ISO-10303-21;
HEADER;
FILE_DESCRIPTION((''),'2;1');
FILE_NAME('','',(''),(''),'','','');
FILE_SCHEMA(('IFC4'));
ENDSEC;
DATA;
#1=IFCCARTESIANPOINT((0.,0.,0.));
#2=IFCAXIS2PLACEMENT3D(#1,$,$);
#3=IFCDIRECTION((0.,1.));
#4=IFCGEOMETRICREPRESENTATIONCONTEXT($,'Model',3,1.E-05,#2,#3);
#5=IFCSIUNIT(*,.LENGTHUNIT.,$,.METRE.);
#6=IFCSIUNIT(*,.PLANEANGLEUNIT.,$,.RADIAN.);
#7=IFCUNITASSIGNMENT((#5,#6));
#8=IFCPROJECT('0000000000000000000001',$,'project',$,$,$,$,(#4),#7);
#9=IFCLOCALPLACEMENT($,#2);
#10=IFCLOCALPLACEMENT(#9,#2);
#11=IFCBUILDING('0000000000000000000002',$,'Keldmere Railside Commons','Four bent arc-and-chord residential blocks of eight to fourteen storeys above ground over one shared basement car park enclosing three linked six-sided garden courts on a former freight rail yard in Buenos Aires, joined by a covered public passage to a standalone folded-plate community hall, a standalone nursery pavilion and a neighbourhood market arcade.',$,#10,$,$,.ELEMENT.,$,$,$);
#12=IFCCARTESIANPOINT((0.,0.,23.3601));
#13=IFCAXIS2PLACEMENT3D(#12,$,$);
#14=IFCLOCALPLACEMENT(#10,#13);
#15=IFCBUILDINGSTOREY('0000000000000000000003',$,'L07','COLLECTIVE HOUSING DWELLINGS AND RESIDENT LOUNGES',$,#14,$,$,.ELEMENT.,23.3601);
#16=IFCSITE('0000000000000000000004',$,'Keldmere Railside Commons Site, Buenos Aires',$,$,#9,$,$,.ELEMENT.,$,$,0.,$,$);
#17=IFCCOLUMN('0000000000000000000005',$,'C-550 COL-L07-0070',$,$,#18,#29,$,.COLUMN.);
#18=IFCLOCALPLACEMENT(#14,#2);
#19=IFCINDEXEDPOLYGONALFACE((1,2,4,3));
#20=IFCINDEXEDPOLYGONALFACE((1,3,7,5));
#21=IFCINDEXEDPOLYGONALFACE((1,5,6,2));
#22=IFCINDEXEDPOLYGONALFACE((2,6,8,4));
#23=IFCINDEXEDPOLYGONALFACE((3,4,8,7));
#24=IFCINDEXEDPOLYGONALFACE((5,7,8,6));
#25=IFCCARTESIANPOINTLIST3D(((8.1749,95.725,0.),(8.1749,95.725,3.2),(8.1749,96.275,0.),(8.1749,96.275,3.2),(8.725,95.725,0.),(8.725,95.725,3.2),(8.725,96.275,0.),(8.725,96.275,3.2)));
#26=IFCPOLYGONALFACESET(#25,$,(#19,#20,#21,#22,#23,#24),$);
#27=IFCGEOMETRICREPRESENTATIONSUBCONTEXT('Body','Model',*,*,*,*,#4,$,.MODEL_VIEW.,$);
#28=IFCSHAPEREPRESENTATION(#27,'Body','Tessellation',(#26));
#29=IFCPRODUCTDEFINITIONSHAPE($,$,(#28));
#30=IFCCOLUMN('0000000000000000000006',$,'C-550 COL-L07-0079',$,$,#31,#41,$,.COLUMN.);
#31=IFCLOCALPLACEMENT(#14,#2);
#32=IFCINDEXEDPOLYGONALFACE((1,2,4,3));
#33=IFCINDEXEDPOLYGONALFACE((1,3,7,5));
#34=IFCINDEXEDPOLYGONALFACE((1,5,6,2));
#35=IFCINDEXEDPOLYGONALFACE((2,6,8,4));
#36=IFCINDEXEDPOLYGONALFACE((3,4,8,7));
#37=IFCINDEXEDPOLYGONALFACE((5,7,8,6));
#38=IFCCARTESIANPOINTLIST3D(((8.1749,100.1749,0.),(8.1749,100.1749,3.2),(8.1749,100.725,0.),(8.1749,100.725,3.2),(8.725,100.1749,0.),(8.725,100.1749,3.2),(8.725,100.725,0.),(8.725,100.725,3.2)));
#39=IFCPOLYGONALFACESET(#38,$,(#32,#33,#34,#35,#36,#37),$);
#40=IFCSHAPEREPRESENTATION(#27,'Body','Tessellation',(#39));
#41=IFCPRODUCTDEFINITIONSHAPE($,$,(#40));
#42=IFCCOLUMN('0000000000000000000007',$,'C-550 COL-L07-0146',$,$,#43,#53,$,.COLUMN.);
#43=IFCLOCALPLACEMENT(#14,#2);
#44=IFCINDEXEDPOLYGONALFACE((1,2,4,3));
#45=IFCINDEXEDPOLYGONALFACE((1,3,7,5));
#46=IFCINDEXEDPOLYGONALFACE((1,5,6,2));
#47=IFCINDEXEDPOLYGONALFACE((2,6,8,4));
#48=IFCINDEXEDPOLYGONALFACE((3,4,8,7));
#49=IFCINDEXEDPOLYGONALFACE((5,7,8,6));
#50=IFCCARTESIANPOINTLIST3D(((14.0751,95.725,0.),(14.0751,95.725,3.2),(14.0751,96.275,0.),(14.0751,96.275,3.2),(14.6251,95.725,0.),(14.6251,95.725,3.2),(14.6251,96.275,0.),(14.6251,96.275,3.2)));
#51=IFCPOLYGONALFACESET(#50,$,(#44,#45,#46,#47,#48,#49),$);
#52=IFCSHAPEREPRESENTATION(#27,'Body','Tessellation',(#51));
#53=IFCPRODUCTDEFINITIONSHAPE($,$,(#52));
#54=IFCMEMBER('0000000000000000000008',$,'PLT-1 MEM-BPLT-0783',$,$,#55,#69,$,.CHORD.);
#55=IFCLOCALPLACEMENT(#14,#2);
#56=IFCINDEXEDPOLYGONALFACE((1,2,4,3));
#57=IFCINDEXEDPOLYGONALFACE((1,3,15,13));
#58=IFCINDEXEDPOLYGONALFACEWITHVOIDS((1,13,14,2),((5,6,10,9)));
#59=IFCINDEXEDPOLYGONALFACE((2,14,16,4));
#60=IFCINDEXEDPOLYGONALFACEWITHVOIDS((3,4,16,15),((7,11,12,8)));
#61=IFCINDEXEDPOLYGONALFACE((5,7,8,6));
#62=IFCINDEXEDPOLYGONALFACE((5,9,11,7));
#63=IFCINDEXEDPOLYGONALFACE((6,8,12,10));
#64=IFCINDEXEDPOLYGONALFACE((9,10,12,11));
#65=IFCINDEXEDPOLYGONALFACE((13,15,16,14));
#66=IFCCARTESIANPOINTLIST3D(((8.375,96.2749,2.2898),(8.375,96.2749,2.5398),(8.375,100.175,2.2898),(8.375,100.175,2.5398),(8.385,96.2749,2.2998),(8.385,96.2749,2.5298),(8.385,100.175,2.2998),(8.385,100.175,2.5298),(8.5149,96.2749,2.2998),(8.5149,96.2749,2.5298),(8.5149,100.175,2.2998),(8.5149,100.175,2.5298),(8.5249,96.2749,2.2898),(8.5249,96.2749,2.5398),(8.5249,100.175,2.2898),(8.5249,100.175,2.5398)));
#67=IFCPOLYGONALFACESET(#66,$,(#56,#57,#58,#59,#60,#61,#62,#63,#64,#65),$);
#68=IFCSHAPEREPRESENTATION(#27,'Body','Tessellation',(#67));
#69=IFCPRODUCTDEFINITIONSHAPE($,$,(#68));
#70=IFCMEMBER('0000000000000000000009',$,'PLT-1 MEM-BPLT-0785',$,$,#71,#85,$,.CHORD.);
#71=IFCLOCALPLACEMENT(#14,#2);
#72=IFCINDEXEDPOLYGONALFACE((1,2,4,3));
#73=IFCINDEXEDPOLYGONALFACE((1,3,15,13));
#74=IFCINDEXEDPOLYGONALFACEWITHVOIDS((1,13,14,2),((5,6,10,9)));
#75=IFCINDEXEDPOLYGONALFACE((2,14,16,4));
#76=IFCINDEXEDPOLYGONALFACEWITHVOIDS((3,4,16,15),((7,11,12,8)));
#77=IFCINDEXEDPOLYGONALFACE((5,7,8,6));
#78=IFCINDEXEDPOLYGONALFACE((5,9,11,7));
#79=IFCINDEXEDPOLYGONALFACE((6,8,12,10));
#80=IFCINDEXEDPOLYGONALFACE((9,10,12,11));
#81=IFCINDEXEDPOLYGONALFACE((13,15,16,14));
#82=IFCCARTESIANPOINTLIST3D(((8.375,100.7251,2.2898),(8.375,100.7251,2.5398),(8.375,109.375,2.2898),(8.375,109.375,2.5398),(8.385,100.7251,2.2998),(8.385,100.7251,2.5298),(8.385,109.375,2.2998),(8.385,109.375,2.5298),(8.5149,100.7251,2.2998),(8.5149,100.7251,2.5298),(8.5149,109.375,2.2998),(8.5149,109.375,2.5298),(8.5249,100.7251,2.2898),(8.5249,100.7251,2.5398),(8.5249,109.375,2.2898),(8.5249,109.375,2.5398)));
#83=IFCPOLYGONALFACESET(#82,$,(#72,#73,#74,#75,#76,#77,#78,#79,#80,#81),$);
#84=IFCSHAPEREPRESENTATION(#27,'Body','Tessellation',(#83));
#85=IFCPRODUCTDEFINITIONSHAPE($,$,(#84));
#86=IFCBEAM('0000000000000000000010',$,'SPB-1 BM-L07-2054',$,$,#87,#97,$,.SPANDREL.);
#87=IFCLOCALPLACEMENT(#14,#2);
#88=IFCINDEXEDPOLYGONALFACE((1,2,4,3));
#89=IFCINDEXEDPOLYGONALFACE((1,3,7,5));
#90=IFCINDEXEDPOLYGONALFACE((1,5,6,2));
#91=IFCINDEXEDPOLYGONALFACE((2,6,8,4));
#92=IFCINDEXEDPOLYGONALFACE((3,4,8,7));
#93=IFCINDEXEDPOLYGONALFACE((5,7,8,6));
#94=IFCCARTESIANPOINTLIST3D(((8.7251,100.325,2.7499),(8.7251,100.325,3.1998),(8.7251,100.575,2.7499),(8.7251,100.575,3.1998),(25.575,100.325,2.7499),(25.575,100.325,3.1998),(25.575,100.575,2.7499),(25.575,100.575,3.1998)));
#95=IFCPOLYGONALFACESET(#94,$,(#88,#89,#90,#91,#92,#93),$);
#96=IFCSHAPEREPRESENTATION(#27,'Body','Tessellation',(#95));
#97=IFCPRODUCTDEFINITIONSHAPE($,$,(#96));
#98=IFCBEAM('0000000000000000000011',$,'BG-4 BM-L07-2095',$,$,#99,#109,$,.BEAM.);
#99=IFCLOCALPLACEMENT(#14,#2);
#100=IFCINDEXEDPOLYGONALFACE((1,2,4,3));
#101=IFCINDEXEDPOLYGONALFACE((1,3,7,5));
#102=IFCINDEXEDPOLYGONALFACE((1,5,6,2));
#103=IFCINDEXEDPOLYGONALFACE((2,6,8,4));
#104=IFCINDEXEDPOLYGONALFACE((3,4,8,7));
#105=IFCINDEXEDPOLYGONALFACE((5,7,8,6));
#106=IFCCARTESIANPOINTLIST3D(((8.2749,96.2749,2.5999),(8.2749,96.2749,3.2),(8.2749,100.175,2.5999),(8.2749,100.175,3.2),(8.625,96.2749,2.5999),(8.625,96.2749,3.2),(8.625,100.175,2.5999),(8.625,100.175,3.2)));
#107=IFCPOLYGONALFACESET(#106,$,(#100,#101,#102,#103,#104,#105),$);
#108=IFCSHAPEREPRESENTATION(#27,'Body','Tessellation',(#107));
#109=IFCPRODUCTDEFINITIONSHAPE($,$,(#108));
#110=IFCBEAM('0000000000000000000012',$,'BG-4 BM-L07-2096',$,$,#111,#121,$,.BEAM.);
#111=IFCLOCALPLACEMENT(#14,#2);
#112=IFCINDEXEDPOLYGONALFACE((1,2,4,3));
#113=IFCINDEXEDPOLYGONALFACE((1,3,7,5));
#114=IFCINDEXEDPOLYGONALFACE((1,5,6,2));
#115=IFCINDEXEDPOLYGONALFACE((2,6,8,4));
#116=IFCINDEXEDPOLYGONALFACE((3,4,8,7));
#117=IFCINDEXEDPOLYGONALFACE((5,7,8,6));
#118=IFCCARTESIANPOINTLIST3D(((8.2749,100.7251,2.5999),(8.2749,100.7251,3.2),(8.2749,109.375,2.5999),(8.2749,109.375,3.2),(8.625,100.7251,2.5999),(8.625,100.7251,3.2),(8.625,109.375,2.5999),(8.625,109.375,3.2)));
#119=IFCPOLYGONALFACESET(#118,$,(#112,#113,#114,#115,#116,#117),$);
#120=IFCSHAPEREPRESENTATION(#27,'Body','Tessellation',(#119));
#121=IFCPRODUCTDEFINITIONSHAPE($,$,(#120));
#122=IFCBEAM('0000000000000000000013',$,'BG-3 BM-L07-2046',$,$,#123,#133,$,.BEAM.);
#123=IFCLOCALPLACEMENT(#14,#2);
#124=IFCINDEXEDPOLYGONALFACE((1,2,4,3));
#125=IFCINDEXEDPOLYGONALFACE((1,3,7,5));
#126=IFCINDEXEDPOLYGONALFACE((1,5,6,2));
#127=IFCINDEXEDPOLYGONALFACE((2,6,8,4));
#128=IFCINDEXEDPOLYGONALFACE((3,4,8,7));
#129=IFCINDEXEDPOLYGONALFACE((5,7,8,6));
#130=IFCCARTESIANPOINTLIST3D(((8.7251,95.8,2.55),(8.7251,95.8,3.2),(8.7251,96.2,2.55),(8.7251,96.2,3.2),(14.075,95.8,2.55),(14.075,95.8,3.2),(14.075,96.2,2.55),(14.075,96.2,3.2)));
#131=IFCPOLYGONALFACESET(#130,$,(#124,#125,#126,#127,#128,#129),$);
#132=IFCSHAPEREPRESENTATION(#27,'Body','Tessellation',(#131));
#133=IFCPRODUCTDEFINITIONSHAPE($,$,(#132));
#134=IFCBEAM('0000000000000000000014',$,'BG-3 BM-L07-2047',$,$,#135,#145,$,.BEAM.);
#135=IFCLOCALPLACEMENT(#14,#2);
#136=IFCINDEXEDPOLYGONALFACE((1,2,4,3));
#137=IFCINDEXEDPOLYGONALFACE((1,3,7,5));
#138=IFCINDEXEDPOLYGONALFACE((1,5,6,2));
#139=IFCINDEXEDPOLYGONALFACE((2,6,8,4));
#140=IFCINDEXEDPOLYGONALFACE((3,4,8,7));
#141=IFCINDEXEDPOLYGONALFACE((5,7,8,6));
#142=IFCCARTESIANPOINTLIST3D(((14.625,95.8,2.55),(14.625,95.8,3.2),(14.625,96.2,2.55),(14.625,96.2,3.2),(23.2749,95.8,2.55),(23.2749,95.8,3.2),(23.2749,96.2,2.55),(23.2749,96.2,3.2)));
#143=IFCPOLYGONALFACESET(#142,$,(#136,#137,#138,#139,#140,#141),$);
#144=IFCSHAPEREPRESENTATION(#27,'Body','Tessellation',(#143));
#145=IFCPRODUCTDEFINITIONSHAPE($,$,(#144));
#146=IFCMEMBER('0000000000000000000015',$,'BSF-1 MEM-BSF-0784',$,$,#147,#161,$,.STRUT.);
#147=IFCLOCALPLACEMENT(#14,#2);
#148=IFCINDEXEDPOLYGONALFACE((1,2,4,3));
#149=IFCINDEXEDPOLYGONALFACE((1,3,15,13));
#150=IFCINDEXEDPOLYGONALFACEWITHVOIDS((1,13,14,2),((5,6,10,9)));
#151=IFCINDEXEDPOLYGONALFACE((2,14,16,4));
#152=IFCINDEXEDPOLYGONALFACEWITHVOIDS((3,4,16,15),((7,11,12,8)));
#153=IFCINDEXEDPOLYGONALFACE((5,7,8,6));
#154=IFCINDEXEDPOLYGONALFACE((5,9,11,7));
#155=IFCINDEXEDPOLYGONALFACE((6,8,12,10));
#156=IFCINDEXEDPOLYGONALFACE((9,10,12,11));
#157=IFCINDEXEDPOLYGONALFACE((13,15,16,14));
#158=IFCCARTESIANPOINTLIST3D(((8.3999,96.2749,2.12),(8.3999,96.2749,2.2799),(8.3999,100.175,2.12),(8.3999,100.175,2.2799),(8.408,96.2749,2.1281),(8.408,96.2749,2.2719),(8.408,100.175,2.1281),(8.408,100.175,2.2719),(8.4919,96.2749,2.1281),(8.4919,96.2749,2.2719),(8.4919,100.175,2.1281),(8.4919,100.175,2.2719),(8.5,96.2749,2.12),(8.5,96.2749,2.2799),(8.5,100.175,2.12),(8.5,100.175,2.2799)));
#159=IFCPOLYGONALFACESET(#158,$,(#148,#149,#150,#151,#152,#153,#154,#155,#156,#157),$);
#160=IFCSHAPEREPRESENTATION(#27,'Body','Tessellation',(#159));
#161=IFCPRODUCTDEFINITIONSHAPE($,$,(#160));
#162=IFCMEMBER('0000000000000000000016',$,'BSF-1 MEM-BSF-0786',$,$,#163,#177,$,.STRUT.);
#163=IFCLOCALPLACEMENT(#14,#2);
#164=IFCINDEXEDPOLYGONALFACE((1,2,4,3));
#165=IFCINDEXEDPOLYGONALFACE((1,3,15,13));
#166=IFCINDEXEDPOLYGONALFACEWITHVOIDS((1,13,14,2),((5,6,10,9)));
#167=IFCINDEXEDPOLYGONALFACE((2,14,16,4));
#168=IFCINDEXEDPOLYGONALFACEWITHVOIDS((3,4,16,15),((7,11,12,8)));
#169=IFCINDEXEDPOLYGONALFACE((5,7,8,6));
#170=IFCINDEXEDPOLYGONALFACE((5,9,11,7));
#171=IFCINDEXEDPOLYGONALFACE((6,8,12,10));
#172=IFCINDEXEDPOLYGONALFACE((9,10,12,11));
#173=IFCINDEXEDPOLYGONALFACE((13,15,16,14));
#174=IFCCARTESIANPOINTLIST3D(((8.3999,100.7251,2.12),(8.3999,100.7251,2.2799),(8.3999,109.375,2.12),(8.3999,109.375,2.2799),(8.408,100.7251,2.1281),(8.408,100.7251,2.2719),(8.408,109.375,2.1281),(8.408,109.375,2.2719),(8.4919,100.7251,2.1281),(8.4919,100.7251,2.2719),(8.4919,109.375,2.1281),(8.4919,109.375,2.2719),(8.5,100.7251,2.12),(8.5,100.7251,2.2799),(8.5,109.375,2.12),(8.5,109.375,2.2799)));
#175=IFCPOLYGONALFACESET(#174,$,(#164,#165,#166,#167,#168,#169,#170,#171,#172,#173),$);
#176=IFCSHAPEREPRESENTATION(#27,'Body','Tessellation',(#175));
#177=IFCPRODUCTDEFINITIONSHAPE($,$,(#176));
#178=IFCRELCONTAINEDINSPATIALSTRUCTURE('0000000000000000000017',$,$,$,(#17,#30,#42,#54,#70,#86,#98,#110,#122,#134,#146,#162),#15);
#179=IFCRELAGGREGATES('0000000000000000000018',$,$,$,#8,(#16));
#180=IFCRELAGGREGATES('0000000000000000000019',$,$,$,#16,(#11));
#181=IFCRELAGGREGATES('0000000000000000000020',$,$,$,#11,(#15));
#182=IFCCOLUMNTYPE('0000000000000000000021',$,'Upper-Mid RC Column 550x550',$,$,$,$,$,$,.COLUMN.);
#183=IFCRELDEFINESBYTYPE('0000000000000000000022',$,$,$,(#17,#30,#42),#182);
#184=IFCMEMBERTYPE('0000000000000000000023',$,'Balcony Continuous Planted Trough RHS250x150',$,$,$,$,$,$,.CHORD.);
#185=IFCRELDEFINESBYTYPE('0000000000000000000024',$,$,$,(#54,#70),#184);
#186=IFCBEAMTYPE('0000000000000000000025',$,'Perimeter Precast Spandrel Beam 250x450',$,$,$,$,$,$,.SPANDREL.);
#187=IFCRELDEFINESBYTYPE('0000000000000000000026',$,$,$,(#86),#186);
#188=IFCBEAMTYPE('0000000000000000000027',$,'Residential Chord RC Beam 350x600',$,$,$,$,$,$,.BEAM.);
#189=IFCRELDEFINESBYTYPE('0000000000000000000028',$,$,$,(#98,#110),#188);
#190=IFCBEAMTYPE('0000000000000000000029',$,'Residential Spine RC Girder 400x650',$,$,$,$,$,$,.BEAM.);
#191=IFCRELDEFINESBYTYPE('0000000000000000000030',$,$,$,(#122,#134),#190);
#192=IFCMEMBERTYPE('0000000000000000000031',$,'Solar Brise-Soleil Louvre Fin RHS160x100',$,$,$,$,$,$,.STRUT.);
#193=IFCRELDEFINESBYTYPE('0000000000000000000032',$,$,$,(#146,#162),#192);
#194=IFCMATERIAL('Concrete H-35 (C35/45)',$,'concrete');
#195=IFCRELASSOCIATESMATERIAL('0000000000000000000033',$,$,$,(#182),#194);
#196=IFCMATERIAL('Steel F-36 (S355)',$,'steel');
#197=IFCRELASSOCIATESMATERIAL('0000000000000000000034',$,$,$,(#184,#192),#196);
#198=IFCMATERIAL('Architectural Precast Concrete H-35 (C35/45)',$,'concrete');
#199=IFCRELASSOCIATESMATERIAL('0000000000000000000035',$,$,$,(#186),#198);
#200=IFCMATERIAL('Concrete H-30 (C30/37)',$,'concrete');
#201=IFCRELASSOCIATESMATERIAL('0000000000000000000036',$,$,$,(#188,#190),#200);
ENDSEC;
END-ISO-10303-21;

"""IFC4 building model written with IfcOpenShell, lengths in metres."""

from ifc_helpers import new_model, si_unit, direction, frame, origin, origin_2d, place, context, subcontext, project, spatial, rectangle, hollow_rectangle, extrude, material, material_profile, profile_set, type_object, element, save


model = new_model("IFC4")

# Units and contexts
model_context = context("Model", 3, precision=1e-05, world=origin(), true_north=direction((0.0, 1.0)))
body_context = subcontext(model_context, "Body", "Model", "MODEL_VIEW")
ifc_project = project(units=[si_unit("LENGTHUNIT", "METRE"), si_unit("PLANEANGLEUNIT", "RADIAN")], contexts=[model_context])

# Site, building, storey
site_placement = place(None, origin())
site = spatial("IfcSite", under=ifc_project, at=site_placement, Name="Keldmere Railside Commons Site, Buenos Aires", CompositionType="ELEMENT", RefElevation=0.0)
building_placement = place(site_placement, origin())
building = spatial("IfcBuilding", under=site, at=building_placement, Name="Keldmere Railside Commons", Description="Four bent arc-and-chord residential blocks of eight to fourteen storeys above ground over one shared basement car park enclosing three linked six-sided garden courts on a former freight rail yard in Buenos Aires, joined by a covered public passage to a standalone folded-plate community hall, a standalone nursery pavilion and a neighbourhood market arcade.", CompositionType="ELEMENT")
storey_placement = place(building_placement, frame((0.0, 0.0, 23.3601)))
storey = spatial("IfcBuildingStorey", under=building, at=storey_placement, Name="L07", Description="COLLECTIVE HOUSING DWELLINGS AND RESIDENT LOUNGES", CompositionType="ELEMENT", Elevation=23.3601)

# Columns
ifc_material_1 = material(Name="Concrete H-35 (C35/45)", Category="concrete")
ifc_material_profile_1 = material_profile(ifc_material_1, rectangle(XDim=0.55, YDim=0.55, at=origin_2d()), Name="RC-550x550")
ifc_profile_set_1 = profile_set([ifc_material_profile_1], Name="Concrete H-35 (C35/45)")
column_type = type_object("IfcColumnType", Name="Upper-Mid RC Column 550x550", PredefinedType="COLUMN", material=ifc_profile_set_1)
for number, where, z_axis, x_axis, name in (
    (1, (8.45, 96.0, 0.0), (0.0, 0.0, 1.0), (1.0, 0.0, 0.0), "C-550 COL-L07-0070"),
    (2, (8.45, 100.45, 0.0), (0.0, 0.0, 1.0), (1.0, 0.0, 0.0), "C-550 COL-L07-0079"),
    (3, (14.3501, 96.0, 0.0), (0.0, 0.0, 1.0), (1.0, 0.0, 0.0), "C-550 COL-L07-0146"),
):
    element("IfcColumn", number, at=place(storey_placement, frame(where, z_axis=z_axis, x_axis=x_axis)), inside=storey, type_object=column_type, Name=name, PredefinedType="COLUMN", context=body_context, shape_type="SweptSolid", body=[
        extrude(rectangle(XDim=0.55, YDim=0.55, at=origin_2d()), origin(), (0.0, 0.0, 1.0), 3.2),
    ])

# Members
ifc_material_2 = material(Name="Steel F-36 (S355)", Category="steel")
ifc_material_profile_2 = material_profile(ifc_material_2, hollow_rectangle(XDim=0.1499, YDim=0.25, WallThickness=0.01, at=origin_2d()), Name="RHS-250x150x10")
ifc_profile_set_2 = profile_set([ifc_material_profile_2], Name="Steel F-36 (S355)")
member_type_1 = type_object("IfcMemberType", Name="Balcony Continuous Planted Trough RHS250x150", PredefinedType="CHORD", material=ifc_profile_set_2)
member_1_placement = place(storey_placement, frame((8.45, 96.2749, 2.4148), z_axis=(0.0, 1.0, 0.0), x_axis=(-1.0, 0.0, 0.0)))
element("IfcMember", 4, at=member_1_placement, inside=storey, type_object=member_type_1, Name="PLT-1 MEM-BPLT-0783", PredefinedType="CHORD", context=body_context, shape_type="SweptSolid", body=[
    extrude(hollow_rectangle(XDim=0.1499, YDim=0.25, WallThickness=0.01, at=origin_2d()), origin(), (0.0, 0.0, 1.0), 3.9001),
])
member_2_placement = place(storey_placement, frame((8.45, 100.7251, 2.4148), z_axis=(0.0, 1.0, 0.0), x_axis=(-1.0, 0.0, 0.0)))
element("IfcMember", 5, at=member_2_placement, inside=storey, type_object=member_type_1, Name="PLT-1 MEM-BPLT-0785", PredefinedType="CHORD", context=body_context, shape_type="SweptSolid", body=[
    extrude(hollow_rectangle(XDim=0.1499, YDim=0.25, WallThickness=0.01, at=origin_2d()), origin(), (0.0, 0.0, 1.0), 8.6499),
])

# Beams
ifc_material_3 = material(Name="Architectural Precast Concrete H-35 (C35/45)", Category="concrete")
ifc_material_profile_3 = material_profile(ifc_material_3, rectangle(XDim=0.25, YDim=0.45, at=origin_2d()), Name="RC-250x450")
ifc_profile_set_3 = profile_set([ifc_material_profile_3], Name="Architectural Precast Concrete H-35 (C35/45)")
beam_type_1 = type_object("IfcBeamType", Name="Perimeter Precast Spandrel Beam 250x450", PredefinedType="SPANDREL", material=ifc_profile_set_3)
beam_1_placement = place(storey_placement, frame((8.7251, 100.45, 2.9749), z_axis=(1.0, 0.0, 0.0), x_axis=(0.0, 1.0, 0.0)))
element("IfcBeam", 6, at=beam_1_placement, inside=storey, type_object=beam_type_1, Name="SPB-1 BM-L07-2054", PredefinedType="SPANDREL", context=body_context, shape_type="SweptSolid", body=[
    extrude(rectangle(XDim=0.25, YDim=0.45, at=origin_2d()), origin(), (0.0, 0.0, 1.0), 16.8499),
])
ifc_material_4 = material(Name="Concrete H-30 (C30/37)", Category="concrete")
ifc_material_profile_4 = material_profile(ifc_material_4, rectangle(XDim=0.3501, YDim=0.6001, at=origin_2d()), Name="RC-350x600")
ifc_profile_set_4 = profile_set([ifc_material_profile_4], Name="Concrete H-30 (C30/37)")
beam_type_2 = type_object("IfcBeamType", Name="Residential Chord RC Beam 350x600", PredefinedType="BEAM", material=ifc_profile_set_4)
beam_2_placement = place(storey_placement, frame((8.45, 96.2749, 2.8999), z_axis=(0.0, 1.0, 0.0), x_axis=(-1.0, 0.0, 0.0)))
element("IfcBeam", 7, at=beam_2_placement, inside=storey, type_object=beam_type_2, Name="BG-4 BM-L07-2095", PredefinedType="BEAM", context=body_context, shape_type="SweptSolid", body=[
    extrude(rectangle(XDim=0.3501, YDim=0.6001, at=origin_2d()), origin(), (0.0, 0.0, 1.0), 3.9001),
])
beam_3_placement = place(storey_placement, frame((8.45, 100.7251, 2.8999), z_axis=(0.0, 1.0, 0.0), x_axis=(-1.0, 0.0, 0.0)))
element("IfcBeam", 8, at=beam_3_placement, inside=storey, type_object=beam_type_2, Name="BG-4 BM-L07-2096", PredefinedType="BEAM", context=body_context, shape_type="SweptSolid", body=[
    extrude(rectangle(XDim=0.3501, YDim=0.6001, at=origin_2d()), origin(), (0.0, 0.0, 1.0), 8.6499),
])
ifc_material_profile_5 = material_profile(ifc_material_4, rectangle(XDim=0.3999, YDim=0.6499, at=origin_2d()), Name="RC-400x650")
ifc_profile_set_5 = profile_set([ifc_material_profile_5], Name="Concrete H-30 (C30/37)")
beam_type_3 = type_object("IfcBeamType", Name="Residential Spine RC Girder 400x650", PredefinedType="BEAM", material=ifc_profile_set_5)
beam_4_placement = place(storey_placement, frame((8.7251, 96.0, 2.875), z_axis=(1.0, 0.0, 0.0), x_axis=(0.0, 1.0, 0.0)))
element("IfcBeam", 9, at=beam_4_placement, inside=storey, type_object=beam_type_3, Name="BG-3 BM-L07-2046", PredefinedType="BEAM", context=body_context, shape_type="SweptSolid", body=[
    extrude(rectangle(XDim=0.3999, YDim=0.6499, at=origin_2d()), origin(), (0.0, 0.0, 1.0), 5.3499),
])
beam_5_placement = place(storey_placement, frame((14.625, 96.0, 2.875), z_axis=(1.0, 0.0, 0.0), x_axis=(0.0, 1.0, 0.0)))
element("IfcBeam", 10, at=beam_5_placement, inside=storey, type_object=beam_type_3, Name="BG-3 BM-L07-2047", PredefinedType="BEAM", context=body_context, shape_type="SweptSolid", body=[
    extrude(rectangle(XDim=0.3999, YDim=0.6499, at=origin_2d()), origin(), (0.0, 0.0, 1.0), 8.6499),
])

# Members
ifc_material_profile_6 = material_profile(ifc_material_2, hollow_rectangle(XDim=0.1001, YDim=0.1599, WallThickness=0.0081, at=origin_2d()), Name="RHS-160x100x8")
ifc_profile_set_6 = profile_set([ifc_material_profile_6], Name="Steel F-36 (S355)")
member_type_2 = type_object("IfcMemberType", Name="Solar Brise-Soleil Louvre Fin RHS160x100", PredefinedType="STRUT", material=ifc_profile_set_6)
member_3_placement = place(storey_placement, frame((8.45, 96.2749, 2.2), z_axis=(0.0, 1.0, 0.0), x_axis=(-1.0, 0.0, 0.0)))
element("IfcMember", 11, at=member_3_placement, inside=storey, type_object=member_type_2, Name="BSF-1 MEM-BSF-0784", PredefinedType="STRUT", context=body_context, shape_type="SweptSolid", body=[
    extrude(hollow_rectangle(XDim=0.1001, YDim=0.1599, WallThickness=0.0081, at=origin_2d()), origin(), (0.0, 0.0, 1.0), 3.9001),
])
member_4_placement = place(storey_placement, frame((8.45, 100.7251, 2.2), z_axis=(0.0, 1.0, 0.0), x_axis=(-1.0, 0.0, 0.0)))
element("IfcMember", 12, at=member_4_placement, inside=storey, type_object=member_type_2, Name="BSF-1 MEM-BSF-0786", PredefinedType="STRUT", context=body_context, shape_type="SweptSolid", body=[
    extrude(hollow_rectangle(XDim=0.1001, YDim=0.1599, WallThickness=0.0081, at=origin_2d()), origin(), (0.0, 0.0, 1.0), 8.6499),
])

save(model, "model.ifc")
